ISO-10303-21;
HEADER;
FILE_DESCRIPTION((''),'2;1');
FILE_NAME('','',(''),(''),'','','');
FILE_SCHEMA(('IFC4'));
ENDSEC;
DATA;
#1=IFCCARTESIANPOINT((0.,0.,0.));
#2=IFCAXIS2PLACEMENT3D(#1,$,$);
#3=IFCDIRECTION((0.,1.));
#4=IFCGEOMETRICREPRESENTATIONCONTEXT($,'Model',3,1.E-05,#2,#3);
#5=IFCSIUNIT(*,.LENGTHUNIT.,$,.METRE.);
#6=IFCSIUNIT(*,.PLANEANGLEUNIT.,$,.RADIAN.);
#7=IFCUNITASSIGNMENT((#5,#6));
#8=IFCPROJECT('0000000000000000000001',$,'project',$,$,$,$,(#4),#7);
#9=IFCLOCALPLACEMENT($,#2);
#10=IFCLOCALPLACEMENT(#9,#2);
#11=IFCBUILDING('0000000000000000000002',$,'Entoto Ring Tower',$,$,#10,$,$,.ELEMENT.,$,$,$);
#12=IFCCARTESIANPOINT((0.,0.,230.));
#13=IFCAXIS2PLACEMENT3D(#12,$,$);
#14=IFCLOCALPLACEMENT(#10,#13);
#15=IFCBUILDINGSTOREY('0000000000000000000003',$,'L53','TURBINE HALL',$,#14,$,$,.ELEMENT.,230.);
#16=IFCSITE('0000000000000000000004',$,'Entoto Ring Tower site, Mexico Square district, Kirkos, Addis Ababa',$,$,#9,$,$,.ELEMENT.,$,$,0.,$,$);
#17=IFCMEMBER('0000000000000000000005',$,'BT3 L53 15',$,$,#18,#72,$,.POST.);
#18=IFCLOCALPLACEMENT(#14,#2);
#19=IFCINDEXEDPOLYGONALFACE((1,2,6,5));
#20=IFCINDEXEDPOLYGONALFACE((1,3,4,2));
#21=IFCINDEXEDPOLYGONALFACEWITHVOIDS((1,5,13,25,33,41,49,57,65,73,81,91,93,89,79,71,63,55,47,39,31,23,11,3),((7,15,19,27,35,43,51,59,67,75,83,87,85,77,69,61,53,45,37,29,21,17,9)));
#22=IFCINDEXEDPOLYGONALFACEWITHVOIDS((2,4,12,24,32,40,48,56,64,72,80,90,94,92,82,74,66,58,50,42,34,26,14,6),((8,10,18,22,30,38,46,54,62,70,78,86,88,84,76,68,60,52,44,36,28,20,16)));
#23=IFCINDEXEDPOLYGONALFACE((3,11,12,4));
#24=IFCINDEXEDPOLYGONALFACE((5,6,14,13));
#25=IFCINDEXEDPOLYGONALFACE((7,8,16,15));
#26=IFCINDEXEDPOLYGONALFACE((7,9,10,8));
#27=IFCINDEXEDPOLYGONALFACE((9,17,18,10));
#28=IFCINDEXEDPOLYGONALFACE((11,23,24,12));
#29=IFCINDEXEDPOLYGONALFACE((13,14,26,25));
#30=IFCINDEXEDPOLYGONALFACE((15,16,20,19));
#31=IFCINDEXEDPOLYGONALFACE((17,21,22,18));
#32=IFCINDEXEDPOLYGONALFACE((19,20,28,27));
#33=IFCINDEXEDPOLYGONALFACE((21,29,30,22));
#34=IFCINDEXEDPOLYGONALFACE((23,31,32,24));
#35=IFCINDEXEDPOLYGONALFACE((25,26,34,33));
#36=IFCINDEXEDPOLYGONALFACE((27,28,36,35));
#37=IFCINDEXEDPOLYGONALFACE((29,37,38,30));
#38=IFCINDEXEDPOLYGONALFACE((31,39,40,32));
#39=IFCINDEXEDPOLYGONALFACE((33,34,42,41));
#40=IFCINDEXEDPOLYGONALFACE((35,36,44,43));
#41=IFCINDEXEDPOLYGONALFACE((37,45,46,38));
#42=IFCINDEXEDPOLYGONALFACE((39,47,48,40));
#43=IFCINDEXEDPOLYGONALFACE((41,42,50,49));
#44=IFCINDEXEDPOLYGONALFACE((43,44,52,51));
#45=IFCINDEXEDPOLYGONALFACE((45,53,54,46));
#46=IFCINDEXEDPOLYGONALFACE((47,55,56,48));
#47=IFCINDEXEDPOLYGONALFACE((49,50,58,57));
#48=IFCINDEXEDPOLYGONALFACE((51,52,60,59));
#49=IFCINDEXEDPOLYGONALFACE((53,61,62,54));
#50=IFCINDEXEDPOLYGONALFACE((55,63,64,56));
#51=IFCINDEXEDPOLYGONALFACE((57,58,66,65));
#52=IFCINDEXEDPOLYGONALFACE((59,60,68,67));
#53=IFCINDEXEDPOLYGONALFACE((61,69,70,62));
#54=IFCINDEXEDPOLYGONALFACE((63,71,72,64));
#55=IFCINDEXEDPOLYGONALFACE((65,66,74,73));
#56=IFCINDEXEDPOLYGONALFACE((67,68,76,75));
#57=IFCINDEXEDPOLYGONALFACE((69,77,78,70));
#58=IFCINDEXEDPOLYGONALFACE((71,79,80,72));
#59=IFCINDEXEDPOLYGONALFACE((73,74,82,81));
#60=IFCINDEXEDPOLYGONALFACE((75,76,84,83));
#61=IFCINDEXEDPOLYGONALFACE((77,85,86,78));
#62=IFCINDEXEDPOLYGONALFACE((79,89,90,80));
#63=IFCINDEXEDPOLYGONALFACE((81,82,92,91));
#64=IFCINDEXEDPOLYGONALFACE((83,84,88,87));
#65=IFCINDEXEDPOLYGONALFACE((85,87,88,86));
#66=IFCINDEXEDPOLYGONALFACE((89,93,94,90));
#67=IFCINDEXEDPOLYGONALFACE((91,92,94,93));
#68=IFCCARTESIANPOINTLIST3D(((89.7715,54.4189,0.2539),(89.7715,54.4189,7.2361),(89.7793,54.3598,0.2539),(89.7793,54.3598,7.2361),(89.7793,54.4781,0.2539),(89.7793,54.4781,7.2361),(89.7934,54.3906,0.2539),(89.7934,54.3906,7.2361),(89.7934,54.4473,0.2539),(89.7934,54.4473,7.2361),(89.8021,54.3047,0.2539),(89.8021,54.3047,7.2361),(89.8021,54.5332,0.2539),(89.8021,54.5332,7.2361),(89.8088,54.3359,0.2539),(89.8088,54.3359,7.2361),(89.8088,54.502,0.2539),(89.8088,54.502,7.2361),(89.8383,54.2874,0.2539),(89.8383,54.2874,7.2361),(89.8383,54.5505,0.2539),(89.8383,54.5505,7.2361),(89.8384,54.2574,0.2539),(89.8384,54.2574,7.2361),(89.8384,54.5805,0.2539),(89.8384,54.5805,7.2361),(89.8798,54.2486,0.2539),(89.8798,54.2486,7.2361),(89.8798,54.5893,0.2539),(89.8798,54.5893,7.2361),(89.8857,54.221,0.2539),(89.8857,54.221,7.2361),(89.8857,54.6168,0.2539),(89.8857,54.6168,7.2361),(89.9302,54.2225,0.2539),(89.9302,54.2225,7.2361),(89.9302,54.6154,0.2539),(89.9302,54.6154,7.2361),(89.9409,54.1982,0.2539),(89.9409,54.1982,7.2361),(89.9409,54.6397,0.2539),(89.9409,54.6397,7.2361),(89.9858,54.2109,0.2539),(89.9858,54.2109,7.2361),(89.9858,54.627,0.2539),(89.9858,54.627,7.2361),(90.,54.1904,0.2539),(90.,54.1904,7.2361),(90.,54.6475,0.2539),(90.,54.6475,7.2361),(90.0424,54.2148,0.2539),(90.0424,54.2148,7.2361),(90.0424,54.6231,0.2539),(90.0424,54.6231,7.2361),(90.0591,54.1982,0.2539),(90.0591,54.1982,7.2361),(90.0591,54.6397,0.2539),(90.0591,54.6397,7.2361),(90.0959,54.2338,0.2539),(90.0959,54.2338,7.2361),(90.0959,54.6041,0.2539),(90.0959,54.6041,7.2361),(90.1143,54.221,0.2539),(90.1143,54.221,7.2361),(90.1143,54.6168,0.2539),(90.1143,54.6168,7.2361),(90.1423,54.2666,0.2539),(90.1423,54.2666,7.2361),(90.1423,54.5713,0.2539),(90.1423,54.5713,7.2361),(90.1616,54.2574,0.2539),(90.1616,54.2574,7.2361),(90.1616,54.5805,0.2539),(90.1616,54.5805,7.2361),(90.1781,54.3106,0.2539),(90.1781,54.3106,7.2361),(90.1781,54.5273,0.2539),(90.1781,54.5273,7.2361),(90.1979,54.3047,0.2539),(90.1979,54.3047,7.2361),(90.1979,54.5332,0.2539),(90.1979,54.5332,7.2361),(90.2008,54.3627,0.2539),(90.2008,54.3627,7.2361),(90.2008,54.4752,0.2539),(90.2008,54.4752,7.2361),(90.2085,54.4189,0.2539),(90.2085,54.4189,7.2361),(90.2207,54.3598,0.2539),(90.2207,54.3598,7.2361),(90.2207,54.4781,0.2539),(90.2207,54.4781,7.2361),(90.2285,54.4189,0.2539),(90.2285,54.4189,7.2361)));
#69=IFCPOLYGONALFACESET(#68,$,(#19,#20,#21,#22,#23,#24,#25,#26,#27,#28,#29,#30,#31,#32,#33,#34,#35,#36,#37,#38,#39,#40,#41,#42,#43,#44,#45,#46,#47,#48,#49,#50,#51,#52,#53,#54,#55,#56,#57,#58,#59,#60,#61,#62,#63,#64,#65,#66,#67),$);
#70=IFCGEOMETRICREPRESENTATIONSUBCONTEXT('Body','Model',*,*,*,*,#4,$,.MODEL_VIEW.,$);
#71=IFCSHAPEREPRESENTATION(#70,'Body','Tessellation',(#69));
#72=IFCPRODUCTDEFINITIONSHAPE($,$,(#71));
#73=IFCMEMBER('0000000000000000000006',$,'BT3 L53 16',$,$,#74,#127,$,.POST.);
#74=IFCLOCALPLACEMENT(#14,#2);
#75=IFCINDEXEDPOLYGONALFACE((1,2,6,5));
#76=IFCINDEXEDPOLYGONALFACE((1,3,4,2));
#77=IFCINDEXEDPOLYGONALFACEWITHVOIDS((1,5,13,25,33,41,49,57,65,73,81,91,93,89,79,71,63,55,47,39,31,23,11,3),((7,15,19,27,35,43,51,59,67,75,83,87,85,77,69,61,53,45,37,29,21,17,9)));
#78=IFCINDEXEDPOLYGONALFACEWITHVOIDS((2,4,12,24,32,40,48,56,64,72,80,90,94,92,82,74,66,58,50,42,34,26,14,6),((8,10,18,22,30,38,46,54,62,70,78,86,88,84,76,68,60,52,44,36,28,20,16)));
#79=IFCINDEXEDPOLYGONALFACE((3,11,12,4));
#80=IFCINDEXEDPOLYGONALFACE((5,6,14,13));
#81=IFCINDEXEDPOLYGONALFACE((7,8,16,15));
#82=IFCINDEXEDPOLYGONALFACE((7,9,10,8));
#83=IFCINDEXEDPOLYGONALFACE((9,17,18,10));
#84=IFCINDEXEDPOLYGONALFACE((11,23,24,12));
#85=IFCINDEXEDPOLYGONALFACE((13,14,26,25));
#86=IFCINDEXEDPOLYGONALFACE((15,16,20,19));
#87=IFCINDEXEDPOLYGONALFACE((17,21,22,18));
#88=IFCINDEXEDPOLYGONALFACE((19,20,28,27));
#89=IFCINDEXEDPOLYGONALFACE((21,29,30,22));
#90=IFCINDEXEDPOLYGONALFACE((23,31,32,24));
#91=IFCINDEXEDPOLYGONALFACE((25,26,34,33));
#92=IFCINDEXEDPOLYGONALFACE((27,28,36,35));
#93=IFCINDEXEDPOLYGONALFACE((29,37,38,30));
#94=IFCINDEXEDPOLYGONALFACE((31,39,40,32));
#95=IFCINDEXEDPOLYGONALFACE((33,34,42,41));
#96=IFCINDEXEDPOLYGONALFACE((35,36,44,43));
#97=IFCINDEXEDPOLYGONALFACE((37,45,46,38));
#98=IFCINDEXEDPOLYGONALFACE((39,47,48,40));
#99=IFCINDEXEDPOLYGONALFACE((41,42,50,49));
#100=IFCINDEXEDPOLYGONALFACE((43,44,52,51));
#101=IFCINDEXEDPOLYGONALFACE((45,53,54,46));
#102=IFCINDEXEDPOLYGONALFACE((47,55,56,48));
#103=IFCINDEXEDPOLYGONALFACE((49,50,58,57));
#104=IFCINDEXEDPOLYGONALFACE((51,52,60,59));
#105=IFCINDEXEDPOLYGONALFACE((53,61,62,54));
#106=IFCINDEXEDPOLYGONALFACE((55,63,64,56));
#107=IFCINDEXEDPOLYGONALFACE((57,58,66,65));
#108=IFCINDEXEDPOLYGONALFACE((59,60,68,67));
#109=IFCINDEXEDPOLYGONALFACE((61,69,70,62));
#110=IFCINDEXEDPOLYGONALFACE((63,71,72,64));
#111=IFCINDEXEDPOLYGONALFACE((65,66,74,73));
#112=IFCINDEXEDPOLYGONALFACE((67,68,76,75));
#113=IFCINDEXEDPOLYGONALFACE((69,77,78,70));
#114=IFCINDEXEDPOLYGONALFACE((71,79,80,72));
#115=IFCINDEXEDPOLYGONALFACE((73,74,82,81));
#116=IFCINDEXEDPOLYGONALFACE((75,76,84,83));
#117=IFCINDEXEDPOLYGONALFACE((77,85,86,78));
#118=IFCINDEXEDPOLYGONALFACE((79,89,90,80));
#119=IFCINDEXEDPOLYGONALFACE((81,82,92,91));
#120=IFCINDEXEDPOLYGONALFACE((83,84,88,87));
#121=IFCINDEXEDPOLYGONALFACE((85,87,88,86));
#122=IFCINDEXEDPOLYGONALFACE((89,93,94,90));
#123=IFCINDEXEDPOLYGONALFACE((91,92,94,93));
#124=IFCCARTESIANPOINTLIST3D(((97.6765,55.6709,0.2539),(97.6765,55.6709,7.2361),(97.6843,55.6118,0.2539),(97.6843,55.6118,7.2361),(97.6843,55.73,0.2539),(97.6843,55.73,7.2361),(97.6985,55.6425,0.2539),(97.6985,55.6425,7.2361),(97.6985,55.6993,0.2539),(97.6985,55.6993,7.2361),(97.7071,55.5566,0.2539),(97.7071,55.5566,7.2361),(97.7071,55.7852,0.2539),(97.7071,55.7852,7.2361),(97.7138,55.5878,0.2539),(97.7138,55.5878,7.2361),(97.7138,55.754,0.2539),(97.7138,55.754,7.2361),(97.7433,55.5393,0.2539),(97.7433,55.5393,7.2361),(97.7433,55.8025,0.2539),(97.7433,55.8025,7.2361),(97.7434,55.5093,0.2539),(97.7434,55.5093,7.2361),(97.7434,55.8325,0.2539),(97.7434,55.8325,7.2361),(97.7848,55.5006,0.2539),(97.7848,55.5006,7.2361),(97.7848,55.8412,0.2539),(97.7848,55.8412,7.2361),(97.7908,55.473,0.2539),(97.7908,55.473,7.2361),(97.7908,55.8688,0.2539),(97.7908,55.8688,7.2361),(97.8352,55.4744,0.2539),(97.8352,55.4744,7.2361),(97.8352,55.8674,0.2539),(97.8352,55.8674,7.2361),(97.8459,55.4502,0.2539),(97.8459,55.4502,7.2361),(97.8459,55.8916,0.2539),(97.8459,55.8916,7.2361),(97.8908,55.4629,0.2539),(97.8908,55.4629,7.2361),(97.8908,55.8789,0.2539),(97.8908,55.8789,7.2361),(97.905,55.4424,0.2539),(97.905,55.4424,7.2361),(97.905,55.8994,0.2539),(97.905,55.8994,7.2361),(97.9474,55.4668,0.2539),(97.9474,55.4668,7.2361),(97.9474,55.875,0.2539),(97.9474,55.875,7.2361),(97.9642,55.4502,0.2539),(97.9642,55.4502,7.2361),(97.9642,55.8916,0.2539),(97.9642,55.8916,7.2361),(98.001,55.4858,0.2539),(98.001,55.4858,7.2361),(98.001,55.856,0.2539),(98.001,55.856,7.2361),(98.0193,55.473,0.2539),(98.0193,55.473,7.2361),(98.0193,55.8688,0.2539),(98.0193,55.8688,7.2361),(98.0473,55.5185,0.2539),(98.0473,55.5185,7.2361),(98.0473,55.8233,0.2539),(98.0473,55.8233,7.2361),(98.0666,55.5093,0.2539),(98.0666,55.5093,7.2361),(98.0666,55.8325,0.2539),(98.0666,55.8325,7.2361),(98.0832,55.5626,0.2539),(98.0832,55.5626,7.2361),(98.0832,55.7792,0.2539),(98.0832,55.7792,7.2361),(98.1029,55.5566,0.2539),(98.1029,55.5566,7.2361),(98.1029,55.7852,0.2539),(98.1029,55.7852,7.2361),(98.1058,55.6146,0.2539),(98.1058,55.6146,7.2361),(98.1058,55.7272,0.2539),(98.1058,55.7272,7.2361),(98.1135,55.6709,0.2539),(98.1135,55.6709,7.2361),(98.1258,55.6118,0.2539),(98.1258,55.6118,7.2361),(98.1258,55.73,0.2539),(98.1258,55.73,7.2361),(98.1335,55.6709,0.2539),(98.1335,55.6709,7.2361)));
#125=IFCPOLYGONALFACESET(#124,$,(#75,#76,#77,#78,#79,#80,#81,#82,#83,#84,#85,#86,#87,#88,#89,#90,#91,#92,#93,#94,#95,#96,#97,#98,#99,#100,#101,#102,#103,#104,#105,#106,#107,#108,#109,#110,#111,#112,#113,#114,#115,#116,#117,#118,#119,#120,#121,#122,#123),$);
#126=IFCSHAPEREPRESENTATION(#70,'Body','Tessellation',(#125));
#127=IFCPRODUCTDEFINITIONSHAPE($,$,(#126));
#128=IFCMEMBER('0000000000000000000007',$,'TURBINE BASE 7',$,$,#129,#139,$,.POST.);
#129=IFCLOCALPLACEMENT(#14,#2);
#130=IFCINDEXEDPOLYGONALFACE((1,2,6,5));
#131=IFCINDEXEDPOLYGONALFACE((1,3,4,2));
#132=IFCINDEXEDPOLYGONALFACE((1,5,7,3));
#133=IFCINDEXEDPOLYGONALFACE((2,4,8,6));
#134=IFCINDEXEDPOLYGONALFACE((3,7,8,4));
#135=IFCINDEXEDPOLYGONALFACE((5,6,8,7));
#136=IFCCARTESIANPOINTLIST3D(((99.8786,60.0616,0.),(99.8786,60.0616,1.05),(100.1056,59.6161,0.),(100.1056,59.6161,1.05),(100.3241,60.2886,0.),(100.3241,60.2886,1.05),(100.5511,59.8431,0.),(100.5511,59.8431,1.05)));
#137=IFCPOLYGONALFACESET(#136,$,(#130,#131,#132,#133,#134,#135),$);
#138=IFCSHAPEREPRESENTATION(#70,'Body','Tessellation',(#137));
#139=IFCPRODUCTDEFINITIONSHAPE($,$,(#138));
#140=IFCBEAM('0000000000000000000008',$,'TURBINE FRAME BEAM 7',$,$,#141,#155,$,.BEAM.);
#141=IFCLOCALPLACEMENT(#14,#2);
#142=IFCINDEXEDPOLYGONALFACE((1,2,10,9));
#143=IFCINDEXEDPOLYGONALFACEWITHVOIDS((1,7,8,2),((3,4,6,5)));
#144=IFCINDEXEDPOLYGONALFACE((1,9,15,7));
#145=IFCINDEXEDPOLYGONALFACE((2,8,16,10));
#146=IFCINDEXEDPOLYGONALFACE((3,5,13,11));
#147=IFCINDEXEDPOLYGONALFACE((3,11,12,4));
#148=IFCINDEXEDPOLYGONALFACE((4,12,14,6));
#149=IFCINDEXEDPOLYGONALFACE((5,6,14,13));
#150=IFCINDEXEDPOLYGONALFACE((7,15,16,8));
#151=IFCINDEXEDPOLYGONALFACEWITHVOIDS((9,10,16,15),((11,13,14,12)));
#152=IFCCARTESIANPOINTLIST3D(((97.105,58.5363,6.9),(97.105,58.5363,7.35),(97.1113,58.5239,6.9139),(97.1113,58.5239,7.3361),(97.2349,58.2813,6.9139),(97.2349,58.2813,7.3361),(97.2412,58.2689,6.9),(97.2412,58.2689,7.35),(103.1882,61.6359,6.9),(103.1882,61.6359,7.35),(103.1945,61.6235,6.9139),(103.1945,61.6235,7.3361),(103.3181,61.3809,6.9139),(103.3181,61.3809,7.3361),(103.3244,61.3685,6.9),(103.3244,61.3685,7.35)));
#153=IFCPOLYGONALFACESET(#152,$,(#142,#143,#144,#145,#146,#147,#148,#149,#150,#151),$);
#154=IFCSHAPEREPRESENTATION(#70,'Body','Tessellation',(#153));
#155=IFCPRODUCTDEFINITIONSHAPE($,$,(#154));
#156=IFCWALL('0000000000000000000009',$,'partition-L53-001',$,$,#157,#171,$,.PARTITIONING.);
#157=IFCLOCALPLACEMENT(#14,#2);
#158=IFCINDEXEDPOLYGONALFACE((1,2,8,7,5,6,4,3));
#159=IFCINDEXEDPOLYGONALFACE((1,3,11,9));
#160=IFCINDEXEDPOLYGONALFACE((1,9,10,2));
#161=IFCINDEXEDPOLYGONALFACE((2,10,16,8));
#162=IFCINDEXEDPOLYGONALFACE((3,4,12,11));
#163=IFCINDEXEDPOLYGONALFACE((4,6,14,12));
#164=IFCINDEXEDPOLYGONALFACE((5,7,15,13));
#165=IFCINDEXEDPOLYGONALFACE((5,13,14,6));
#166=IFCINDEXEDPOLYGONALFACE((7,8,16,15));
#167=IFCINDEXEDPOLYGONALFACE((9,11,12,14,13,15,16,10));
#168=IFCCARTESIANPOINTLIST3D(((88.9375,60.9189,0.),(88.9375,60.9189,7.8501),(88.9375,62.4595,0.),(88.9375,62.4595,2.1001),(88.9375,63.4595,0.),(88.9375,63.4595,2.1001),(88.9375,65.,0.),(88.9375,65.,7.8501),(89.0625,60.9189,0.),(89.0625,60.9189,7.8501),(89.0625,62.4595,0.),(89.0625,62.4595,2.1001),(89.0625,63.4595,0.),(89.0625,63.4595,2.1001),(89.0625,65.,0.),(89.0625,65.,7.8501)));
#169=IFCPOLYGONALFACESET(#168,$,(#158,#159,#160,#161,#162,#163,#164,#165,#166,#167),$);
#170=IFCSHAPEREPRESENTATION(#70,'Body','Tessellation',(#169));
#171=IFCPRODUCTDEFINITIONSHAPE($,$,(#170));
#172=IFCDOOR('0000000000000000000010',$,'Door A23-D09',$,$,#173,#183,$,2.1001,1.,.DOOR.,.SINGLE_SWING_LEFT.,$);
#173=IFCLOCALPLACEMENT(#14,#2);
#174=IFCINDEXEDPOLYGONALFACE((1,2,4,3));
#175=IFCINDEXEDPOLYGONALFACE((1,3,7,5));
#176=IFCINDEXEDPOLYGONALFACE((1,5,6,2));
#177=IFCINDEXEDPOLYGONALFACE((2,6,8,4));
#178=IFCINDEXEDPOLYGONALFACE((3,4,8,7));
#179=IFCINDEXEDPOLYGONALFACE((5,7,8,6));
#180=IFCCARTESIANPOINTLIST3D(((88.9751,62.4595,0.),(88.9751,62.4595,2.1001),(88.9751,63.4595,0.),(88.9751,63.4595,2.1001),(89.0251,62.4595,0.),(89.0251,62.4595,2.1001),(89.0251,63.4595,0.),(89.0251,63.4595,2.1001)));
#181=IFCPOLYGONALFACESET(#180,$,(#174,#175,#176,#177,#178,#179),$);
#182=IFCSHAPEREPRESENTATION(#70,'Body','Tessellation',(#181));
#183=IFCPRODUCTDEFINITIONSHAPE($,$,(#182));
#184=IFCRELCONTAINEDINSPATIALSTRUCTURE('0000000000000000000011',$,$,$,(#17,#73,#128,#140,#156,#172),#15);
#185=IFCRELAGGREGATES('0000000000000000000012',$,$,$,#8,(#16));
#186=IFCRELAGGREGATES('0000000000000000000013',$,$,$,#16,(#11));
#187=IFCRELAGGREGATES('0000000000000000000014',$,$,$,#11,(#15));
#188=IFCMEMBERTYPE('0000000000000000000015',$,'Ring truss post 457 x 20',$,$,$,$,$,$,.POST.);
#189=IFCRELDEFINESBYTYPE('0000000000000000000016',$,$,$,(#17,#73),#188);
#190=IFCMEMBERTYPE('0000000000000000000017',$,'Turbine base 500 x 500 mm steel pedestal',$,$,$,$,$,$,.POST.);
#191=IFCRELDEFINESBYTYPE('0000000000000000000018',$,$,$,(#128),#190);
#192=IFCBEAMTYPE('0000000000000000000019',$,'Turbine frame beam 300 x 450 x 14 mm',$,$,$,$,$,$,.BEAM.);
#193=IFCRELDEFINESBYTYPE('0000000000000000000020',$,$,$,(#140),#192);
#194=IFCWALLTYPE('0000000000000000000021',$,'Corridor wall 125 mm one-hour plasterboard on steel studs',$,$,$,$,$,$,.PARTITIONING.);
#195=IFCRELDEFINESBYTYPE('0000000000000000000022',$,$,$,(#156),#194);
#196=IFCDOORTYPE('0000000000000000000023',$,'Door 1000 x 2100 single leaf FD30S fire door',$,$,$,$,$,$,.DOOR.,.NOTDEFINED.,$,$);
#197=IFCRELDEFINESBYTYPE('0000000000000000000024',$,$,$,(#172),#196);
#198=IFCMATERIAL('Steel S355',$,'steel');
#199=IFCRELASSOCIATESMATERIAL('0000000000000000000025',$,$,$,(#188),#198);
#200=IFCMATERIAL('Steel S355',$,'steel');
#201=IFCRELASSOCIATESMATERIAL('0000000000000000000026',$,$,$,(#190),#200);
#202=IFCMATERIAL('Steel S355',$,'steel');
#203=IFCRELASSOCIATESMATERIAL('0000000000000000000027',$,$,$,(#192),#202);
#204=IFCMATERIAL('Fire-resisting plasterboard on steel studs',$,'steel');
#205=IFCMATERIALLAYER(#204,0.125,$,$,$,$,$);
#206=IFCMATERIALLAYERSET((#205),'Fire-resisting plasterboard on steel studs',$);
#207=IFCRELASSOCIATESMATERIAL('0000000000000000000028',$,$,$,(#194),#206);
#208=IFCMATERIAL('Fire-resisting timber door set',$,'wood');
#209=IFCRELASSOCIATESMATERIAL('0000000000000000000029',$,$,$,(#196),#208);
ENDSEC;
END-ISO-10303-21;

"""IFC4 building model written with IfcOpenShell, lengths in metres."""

from ifc_helpers import new_model, si_unit, direction, frame, frame_2d, origin, origin_2d, place, context, subcontext, project, spatial, rectangle, hollow_rectangle, circle, hollow_circle, extrude, material, layer, layer_set, material_profile, profile_set, type_object, element, fill, save


model = new_model("IFC4")

# Units and contexts
model_context = context("Model", 3, precision=1e-05, world=origin(), true_north=direction((0.0, 1.0)))
body_context = subcontext(model_context, "Body", "Model", "MODEL_VIEW")
ifc_project = project(units=[si_unit("LENGTHUNIT", "METRE"), si_unit("PLANEANGLEUNIT", "RADIAN")], contexts=[model_context])

# Site, building, storey
site_placement = place(None, origin())
site = spatial("IfcSite", under=ifc_project, at=site_placement, Name="Entoto Ring Tower site, Mexico Square district, Kirkos, Addis Ababa", CompositionType="ELEMENT", RefElevation=0.0)
building_placement = place(site_placement, origin())
building = spatial("IfcBuilding", under=site, at=building_placement, Name="Entoto Ring Tower", CompositionType="ELEMENT")
storey_placement = place(building_placement, frame((0.0, 0.0, 230.0)))
storey = spatial("IfcBuildingStorey", under=building, at=storey_placement, Name="L53", Description="TURBINE HALL", CompositionType="ELEMENT", Elevation=230.0)

# Members
ifc_material_1 = material(Name="Steel S355", Category="steel")
ifc_material_profile_1 = material_profile(ifc_material_1, hollow_circle(Radius=0.2285, WallThickness=0.02, at=origin_2d()), Name="CHS 457 x 20")
ifc_material_2 = material(Name="Concrete C60/75", Category="concrete")
ifc_material_profile_2 = material_profile(ifc_material_2, circle(Radius=0.2085, at=origin_2d()), Name="Concrete C60/75 infill")
ifc_profile_set_1 = profile_set([ifc_material_profile_1, ifc_material_profile_2], Name="Steel S355")
member_type_1 = type_object("IfcMemberType", Name="Ring truss post 457 x 20", PredefinedType="POST", material=ifc_profile_set_1)
for number, where, z_axis, x_axis, name in (
    (1, (90.0, 54.4189, 0.2539), (0.0, 0.0, 1.0), (1.0, 0.0, 0.0), "BT3 L53 15"),
    (2, (97.905, 55.6709, 0.2539), (0.0, 0.0, 1.0), (1.0, 0.0, 0.0), "BT3 L53 16"),
):
    element("IfcMember", number, at=place(storey_placement, frame(where, z_axis=z_axis, x_axis=x_axis)), inside=storey, type_object=member_type_1, Name=name, PredefinedType="POST", context=body_context, shape_type="SweptSolid", body=[
        extrude(hollow_circle(Radius=0.2285, WallThickness=0.02, at=origin_2d()), origin(), (0.0, 0.0, 1.0), 6.9822),
    ])
ifc_material_3 = material(Name="Steel S355", Category="steel")
ifc_material_profile_3 = material_profile(ifc_material_3, rectangle(XDim=0.5, YDim=0.5, at=origin_2d()), Name="Turbine base 500 x 500 mm steel pedestal")
ifc_profile_set_2 = profile_set([ifc_material_profile_3], Name="Steel S355")
member_type_2 = type_object("IfcMemberType", Name="Turbine base 500 x 500 mm steel pedestal", PredefinedType="POST", material=ifc_profile_set_2)
member_1_placement = place(storey_placement, frame((100.2148, 59.9524, 0.0), z_axis=(0.0, 0.0, 1.0), x_axis=(0.891007, 0.45399, 0.0)))
element("IfcMember", 3, at=member_1_placement, inside=storey, type_object=member_type_2, Name="TURBINE BASE 7", PredefinedType="POST", context=body_context, shape_type="SweptSolid", body=[
    extrude(rectangle(XDim=0.5, YDim=0.5, at=origin_2d()), origin(), (0.0, 0.0, 1.0), 1.05),
])

# Beam
ifc_material_4 = material(Name="Steel S355", Category="steel")
ifc_material_profile_4 = material_profile(ifc_material_4, hollow_rectangle(XDim=0.3, YDim=0.45, WallThickness=0.0139, at=origin_2d()), Name="Turbine frame beam 300 x 450 x 14 mm")
ifc_profile_set_3 = profile_set([ifc_material_profile_4], Name="Steel S355")
beam_type_1 = type_object("IfcBeamType", Name="Turbine frame beam 300 x 450 x 14 mm", PredefinedType="BEAM", material=ifc_profile_set_3)
beam_1_placement = place(storey_placement, frame((97.1731, 58.4026, 7.125), z_axis=(0.891004, 0.453995, 0.0), x_axis=(-0.453995, 0.891004, 0.0)))
element("IfcBeam", 4, at=beam_1_placement, inside=storey, type_object=beam_type_1, Name="TURBINE FRAME BEAM 7", PredefinedType="BEAM", context=body_context, shape_type="SweptSolid", body=[
    extrude(hollow_rectangle(XDim=0.3, YDim=0.45, WallThickness=0.0139, at=origin_2d()), origin(), (0.0, 0.0, 1.0), 6.8274),
])

# Wall, opening, door
ifc_material_5 = material(Name="Fire-resisting plasterboard on steel studs", Category="steel")
ifc_layer_1 = layer(ifc_material_5, 0.125)
ifc_layer_set_1 = layer_set([ifc_layer_1], Name="Fire-resisting plasterboard on steel studs")
wall_type_1 = type_object("IfcWallType", Name="Corridor wall 125 mm one-hour plasterboard on steel studs", PredefinedType="PARTITIONING", material=ifc_layer_set_1)
wall_1_placement = place(storey_placement, frame((89.0, 60.9189, 0.0), z_axis=(0.0, 0.0, 1.0), x_axis=(0.0, 1.0, 0.0)))
wall_1 = element("IfcWall", 5, at=wall_1_placement, inside=storey, type_object=wall_type_1, Name="partition-L53-001", PredefinedType="PARTITIONING", context=body_context, shape_type="SweptSolid", body=[
    extrude(rectangle(XDim=4.0811, YDim=0.125, at=frame_2d((2.0405, 0.0))), origin(), (0.0, 0.0, 1.0), 7.8501),
])
opening_1_placement = place(wall_1_placement, frame((1.5405, 0.0, 0.0)))
opening_1 = element("IfcOpeningElement", 6, at=opening_1_placement, cuts=wall_1, PredefinedType="OPENING", context=body_context, shape_type="SweptSolid", body=[
    extrude(rectangle(XDim=1.0, YDim=2.1001, at=frame_2d((0.5, 1.05))), frame((0.0, 0.0725, 0.0), z_axis=(0.0, -1.0, 0.0), x_axis=(1.0, 0.0, 0.0)), (0.0, 0.0, 1.0), 0.145),
])
ifc_material_6 = material(Name="Fire-resisting timber door set", Category="wood")
door_type_1 = type_object("IfcDoorType", Name="Door 1000 x 2100 single leaf FD30S fire door", OperationType="NOTDEFINED", PredefinedType="DOOR", material=ifc_material_6)
door_1_placement = place(opening_1_placement, origin())
door_1 = element("IfcDoor", 7, at=door_1_placement, inside=storey, type_object=door_type_1, Name="Door A23-D09", OperationType="SINGLE_SWING_LEFT", OverallHeight=2.1001, OverallWidth=1.0, PredefinedType="DOOR", context=body_context, shape_type="SweptSolid", body=[
    extrude(rectangle(XDim=1.0, YDim=2.1001, at=frame_2d((0.5, 1.05))), frame((0.0, 0.0249, 0.0), z_axis=(0.0, -1.0, 0.0), x_axis=(1.0, 0.0, 0.0)), (0.0, 0.0, 1.0), 0.05),
])
fill(opening_1, door_1)

save(model, "model.ifc")
